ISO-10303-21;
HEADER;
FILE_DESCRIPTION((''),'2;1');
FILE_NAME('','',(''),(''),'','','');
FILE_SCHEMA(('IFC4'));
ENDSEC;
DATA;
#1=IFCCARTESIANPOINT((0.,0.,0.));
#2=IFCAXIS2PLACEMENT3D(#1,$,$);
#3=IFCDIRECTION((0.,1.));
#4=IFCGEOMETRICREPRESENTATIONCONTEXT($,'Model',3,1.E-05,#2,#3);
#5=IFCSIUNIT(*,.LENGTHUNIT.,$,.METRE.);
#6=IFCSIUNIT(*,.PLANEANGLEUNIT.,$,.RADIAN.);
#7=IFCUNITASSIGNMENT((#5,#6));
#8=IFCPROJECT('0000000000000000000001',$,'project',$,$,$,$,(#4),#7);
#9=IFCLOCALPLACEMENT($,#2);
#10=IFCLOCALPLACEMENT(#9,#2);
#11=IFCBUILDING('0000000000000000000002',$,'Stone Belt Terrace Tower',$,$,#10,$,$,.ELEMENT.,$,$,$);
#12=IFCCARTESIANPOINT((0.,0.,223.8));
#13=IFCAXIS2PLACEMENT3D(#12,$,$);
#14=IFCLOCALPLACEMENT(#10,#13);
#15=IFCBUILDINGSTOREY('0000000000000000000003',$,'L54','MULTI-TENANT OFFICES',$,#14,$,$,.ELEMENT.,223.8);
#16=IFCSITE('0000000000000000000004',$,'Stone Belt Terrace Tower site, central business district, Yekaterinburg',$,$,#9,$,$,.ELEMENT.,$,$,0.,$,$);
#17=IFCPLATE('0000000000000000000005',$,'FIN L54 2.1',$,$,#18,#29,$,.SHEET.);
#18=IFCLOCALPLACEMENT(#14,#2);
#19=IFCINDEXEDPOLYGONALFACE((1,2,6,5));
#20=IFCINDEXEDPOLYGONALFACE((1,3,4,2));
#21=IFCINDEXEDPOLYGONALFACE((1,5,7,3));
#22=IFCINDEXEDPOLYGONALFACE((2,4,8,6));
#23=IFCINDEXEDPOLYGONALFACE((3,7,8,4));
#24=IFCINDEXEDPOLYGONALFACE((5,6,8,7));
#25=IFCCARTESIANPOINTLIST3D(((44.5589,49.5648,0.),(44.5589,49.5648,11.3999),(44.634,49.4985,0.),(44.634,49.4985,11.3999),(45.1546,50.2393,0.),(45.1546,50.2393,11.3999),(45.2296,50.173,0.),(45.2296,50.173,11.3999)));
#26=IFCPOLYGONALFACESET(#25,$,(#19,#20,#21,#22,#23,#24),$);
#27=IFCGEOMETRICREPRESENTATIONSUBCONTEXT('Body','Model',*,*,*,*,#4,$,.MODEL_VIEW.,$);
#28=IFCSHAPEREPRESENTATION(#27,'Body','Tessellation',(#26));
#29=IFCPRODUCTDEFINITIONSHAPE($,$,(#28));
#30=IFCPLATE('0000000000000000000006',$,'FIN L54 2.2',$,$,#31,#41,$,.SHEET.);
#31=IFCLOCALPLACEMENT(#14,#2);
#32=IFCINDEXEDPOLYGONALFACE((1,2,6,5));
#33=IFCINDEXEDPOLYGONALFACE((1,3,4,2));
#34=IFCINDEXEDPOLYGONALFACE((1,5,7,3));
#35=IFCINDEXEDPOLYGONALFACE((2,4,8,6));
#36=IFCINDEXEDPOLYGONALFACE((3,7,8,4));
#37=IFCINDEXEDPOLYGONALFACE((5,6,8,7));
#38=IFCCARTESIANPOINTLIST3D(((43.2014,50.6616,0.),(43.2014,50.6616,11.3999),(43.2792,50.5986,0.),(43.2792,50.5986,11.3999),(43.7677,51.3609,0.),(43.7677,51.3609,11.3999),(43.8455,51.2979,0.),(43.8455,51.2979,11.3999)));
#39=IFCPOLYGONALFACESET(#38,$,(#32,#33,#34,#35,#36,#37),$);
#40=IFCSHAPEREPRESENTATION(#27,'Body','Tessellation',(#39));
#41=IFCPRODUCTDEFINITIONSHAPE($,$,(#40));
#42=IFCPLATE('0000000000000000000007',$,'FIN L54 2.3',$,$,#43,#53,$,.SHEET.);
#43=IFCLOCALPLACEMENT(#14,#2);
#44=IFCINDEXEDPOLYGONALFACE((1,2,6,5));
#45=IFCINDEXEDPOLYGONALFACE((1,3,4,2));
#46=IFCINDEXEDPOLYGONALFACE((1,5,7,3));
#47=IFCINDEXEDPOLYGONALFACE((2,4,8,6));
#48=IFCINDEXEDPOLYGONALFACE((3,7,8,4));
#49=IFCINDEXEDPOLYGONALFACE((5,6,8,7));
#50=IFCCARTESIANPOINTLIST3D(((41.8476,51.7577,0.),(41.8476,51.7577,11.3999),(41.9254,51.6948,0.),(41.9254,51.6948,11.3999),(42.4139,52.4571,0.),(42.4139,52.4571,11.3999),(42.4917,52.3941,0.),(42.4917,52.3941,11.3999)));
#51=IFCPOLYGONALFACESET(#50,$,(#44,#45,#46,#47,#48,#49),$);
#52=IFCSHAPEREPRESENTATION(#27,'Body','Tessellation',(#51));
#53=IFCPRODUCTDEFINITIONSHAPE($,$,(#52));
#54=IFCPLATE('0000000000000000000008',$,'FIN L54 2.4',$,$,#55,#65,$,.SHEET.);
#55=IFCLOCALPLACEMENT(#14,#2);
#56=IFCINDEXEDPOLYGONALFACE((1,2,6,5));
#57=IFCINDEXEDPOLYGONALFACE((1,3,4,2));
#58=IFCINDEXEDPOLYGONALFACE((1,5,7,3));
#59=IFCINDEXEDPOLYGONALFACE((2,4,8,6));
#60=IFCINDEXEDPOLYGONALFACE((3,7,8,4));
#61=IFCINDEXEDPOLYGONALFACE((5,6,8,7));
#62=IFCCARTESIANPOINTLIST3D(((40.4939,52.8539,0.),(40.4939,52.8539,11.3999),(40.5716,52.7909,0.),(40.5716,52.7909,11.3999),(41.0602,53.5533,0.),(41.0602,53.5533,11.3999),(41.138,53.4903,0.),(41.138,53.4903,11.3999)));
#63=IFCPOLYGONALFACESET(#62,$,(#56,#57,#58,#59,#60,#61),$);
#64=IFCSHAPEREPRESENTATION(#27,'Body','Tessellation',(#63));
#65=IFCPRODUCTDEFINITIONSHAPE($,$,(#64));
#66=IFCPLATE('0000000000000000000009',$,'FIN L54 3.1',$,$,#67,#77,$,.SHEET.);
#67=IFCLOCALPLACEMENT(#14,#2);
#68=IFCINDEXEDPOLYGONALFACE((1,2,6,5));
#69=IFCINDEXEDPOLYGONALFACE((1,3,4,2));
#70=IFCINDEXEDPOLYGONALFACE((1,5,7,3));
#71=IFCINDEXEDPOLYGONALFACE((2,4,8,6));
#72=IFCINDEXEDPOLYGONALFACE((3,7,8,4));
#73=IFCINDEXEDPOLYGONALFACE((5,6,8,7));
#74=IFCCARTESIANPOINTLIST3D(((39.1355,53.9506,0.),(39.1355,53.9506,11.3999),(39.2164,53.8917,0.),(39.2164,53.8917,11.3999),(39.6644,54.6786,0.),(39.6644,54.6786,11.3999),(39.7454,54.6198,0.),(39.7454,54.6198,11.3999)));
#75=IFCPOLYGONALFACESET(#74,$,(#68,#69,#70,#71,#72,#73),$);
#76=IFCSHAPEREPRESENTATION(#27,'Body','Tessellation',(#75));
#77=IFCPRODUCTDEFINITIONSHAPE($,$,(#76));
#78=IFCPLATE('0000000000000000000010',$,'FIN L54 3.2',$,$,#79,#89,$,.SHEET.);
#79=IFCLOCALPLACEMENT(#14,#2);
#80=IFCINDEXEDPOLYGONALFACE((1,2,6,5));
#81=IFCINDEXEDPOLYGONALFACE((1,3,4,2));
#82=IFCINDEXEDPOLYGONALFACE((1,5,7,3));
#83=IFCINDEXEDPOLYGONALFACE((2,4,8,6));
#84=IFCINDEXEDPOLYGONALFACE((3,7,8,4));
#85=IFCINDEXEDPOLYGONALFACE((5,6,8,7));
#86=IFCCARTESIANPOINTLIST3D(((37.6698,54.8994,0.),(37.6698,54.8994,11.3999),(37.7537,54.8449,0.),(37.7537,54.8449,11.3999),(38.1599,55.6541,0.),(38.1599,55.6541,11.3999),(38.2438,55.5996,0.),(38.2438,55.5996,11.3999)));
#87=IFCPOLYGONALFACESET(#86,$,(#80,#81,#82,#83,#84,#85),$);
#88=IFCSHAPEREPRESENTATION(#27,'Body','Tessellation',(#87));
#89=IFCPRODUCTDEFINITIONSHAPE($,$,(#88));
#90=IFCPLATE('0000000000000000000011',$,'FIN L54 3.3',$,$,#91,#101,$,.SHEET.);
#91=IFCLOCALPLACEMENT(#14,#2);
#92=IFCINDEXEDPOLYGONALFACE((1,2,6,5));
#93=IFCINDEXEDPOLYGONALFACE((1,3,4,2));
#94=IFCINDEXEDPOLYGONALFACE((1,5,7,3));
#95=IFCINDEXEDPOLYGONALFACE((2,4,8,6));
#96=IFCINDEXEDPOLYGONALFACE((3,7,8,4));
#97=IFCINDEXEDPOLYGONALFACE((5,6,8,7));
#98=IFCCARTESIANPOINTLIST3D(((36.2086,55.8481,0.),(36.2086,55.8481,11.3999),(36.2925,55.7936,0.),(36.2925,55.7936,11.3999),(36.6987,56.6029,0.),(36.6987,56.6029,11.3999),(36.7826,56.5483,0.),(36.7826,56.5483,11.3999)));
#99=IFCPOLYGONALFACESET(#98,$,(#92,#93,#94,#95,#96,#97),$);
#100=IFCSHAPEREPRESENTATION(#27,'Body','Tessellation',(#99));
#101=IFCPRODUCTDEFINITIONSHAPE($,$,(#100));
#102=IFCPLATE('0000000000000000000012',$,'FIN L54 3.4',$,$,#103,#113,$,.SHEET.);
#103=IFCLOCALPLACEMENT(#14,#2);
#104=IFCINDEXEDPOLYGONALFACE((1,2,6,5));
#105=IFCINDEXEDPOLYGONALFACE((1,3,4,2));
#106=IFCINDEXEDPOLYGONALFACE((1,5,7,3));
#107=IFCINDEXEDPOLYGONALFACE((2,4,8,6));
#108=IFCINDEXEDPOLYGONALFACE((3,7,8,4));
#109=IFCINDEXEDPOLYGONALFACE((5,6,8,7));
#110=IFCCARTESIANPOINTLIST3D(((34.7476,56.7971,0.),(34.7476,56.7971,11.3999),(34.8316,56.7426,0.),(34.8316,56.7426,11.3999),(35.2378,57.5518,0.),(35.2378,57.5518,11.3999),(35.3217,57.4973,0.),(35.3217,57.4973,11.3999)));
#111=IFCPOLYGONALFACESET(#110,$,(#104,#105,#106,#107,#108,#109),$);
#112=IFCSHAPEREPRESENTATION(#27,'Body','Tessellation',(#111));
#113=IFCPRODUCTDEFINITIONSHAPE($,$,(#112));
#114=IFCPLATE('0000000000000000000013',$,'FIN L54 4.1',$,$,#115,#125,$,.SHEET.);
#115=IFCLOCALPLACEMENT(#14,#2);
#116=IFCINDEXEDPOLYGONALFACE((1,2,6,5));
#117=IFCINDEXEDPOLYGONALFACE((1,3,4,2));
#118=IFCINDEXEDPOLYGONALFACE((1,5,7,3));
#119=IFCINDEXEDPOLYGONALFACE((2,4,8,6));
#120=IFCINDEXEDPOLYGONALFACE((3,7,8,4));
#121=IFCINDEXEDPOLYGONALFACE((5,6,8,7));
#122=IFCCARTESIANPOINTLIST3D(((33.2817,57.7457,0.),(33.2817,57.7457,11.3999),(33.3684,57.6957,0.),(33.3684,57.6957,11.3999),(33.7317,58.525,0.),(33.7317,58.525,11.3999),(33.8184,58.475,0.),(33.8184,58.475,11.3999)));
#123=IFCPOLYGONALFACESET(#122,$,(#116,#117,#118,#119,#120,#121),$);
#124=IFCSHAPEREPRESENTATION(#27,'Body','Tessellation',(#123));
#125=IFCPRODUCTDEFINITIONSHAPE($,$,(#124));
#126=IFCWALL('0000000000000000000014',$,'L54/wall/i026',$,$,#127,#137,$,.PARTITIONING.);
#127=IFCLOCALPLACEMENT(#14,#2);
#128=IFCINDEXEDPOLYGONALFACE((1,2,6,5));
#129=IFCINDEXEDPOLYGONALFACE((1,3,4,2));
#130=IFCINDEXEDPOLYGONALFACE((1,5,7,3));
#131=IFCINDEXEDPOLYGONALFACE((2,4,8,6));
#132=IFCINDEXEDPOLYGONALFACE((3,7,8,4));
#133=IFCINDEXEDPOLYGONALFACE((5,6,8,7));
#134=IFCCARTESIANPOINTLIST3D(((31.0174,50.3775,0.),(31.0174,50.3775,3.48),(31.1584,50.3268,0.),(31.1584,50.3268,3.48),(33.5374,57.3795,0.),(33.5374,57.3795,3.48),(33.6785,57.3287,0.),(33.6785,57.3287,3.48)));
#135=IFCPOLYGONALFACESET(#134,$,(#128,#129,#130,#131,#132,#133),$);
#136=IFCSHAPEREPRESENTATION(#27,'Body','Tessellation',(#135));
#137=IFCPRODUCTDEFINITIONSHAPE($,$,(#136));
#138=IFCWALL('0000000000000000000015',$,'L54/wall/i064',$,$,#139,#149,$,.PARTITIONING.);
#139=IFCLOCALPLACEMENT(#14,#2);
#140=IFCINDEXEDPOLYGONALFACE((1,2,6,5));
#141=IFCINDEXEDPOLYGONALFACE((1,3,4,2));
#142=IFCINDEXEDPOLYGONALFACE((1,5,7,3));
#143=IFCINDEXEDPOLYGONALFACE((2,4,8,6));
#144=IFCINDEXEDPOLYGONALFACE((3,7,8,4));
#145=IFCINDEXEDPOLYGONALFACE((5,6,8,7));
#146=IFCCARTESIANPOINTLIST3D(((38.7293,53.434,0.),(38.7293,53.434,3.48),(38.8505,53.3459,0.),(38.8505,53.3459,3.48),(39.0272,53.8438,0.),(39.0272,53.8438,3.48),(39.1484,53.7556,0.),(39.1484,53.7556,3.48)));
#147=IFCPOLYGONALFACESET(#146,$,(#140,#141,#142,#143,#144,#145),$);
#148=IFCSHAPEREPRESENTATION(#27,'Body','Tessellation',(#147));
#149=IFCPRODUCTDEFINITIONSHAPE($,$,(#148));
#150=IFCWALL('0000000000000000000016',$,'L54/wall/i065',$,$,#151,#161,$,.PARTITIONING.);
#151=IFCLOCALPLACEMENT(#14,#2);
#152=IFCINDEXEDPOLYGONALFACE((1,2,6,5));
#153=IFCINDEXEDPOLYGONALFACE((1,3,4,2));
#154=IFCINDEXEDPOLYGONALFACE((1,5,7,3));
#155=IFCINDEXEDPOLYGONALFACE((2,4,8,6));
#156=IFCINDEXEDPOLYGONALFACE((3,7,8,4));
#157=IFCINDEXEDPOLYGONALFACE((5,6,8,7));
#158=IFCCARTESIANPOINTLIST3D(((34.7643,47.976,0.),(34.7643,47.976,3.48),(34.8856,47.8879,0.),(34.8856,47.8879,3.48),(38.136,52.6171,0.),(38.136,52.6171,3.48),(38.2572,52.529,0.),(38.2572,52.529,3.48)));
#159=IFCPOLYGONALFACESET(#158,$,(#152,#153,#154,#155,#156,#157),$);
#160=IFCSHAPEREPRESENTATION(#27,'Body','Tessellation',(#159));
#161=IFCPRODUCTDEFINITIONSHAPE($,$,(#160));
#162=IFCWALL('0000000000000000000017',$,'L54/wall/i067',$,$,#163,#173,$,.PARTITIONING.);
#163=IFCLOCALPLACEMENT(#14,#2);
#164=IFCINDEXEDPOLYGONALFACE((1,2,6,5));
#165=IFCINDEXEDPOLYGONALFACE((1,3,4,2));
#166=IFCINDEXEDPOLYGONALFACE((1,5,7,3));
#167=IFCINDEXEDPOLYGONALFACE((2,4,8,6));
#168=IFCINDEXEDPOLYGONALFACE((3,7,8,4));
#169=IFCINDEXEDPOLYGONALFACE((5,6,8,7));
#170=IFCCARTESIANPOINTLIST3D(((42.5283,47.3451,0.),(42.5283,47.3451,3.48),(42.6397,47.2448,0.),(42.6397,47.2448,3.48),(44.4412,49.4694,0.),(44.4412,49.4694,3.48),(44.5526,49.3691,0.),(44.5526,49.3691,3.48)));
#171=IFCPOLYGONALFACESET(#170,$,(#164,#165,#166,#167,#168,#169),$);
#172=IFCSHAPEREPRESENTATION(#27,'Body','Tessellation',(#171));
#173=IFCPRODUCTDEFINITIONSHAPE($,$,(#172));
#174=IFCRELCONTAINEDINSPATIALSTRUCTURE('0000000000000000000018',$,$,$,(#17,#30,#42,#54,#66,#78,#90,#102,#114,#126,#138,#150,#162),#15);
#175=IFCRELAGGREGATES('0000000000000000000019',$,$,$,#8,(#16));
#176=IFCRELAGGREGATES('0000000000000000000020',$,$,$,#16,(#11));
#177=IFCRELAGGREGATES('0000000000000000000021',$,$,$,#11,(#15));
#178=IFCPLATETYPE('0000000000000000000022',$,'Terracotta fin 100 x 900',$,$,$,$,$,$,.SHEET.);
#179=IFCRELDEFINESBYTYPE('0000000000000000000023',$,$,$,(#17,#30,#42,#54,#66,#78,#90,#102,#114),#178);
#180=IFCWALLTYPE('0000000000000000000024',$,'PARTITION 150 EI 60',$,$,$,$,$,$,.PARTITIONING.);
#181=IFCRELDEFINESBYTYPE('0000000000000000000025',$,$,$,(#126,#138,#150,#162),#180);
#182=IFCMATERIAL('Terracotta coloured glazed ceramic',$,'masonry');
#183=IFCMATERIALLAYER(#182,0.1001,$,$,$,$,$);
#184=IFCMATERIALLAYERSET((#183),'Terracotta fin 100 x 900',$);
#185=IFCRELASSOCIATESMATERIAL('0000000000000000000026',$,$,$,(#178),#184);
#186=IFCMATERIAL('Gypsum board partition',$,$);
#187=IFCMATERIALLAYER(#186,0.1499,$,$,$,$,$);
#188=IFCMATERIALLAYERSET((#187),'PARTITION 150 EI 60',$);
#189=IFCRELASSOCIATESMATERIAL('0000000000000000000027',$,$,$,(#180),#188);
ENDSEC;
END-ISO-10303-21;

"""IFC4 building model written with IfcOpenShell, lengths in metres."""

from ifc_helpers import new_model, si_unit, direction, frame, frame_2d, origin, origin_2d, place, context, subcontext, project, spatial, rectangle, extrude, material, layer, layer_set, type_object, element, save


model = new_model("IFC4")

# Units and contexts
model_context = context("Model", 3, precision=1e-05, world=origin(), true_north=direction((0.0, 1.0)))
body_context = subcontext(model_context, "Body", "Model", "MODEL_VIEW")
ifc_project = project(units=[si_unit("LENGTHUNIT", "METRE"), si_unit("PLANEANGLEUNIT", "RADIAN")], contexts=[model_context])

# Site, building, storey
site_placement = place(None, origin())
site = spatial("IfcSite", under=ifc_project, at=site_placement, Name="Stone Belt Terrace Tower site, central business district, Yekaterinburg", CompositionType="ELEMENT", RefElevation=0.0)
building_placement = place(site_placement, origin())
building = spatial("IfcBuilding", under=site, at=building_placement, Name="Stone Belt Terrace Tower", CompositionType="ELEMENT")
storey_placement = place(building_placement, frame((0.0, 0.0, 223.8)))
storey = spatial("IfcBuildingStorey", under=building, at=storey_placement, Name="L54", Description="MULTI-TENANT OFFICES", CompositionType="ELEMENT", Elevation=223.8)

# Plates
ifc_material_1 = material(Name="Terracotta coloured glazed ceramic", Category="masonry")
ifc_layer_1 = layer(ifc_material_1, 0.1001)
ifc_layer_set_1 = layer_set([ifc_layer_1], Name="Terracotta fin 100 x 900")
plate_type_1 = type_object("IfcPlateType", Name="Terracotta fin 100 x 900", PredefinedType="SHEET", material=ifc_layer_set_1)
for number, where, z_axis, x_axis, name in (
    (1, (44.8943, 49.8689, 0.0), (0.0, 0.0, 1.0), (0.661937, 0.749559, 0.0), "FIN L54 2.1"),
    (2, (43.5234, 50.9797, 0.0), (0.0, 0.0, 1.0), (0.62932, 0.777146, 0.0), "FIN L54 2.2"),
    (3, (42.1697, 52.0759, 0.0), (0.0, 0.0, 1.0), (0.62932, 0.777146, 0.0), "FIN L54 2.3"),
    (4, (40.8159, 53.1721, 0.0), (0.0, 0.0, 1.0), (0.62932, 0.777146, 0.0), "FIN L54 2.4"),
    (5, (39.4404, 54.2852, 0.0), (0.0, 0.0, 1.0), (0.587785, 0.809017, 0.0), "FIN L54 3.1"),
    (6, (37.9568, 55.2495, 0.0), (0.0, 0.0, 1.0), (0.544639, 0.838671, 0.0), "FIN L54 3.2"),
    (7, (36.4956, 56.1982, 0.0), (0.0, 0.0, 1.0), (0.544639, 0.838671, 0.0), "FIN L54 3.3"),
    (8, (35.0347, 57.1472, 0.0), (0.0, 0.0, 1.0), (0.544639, 0.838671, 0.0), "FIN L54 3.4"),
    (9, (33.55, 58.1104, 0.0), (0.0, 0.0, 1.0), (0.5, 0.866025, 0.0), "FIN L54 4.1"),
):
    element("IfcPlate", number, at=place(storey_placement, frame(where, z_axis=z_axis, x_axis=x_axis)), inside=storey, type_object=plate_type_1, Name=name, PredefinedType="SHEET", context=body_context, shape_type="SweptSolid", body=[
        extrude(rectangle(XDim=0.8999, YDim=0.1001, at=origin_2d()), origin(), (0.0, 0.0, 1.0), 11.3999),
    ])

# Walls
ifc_material_2 = material(Name="Gypsum board partition")
ifc_layer_2 = layer(ifc_material_2, 0.1499)
ifc_layer_set_2 = layer_set([ifc_layer_2], Name="PARTITION 150 EI 60")
wall_type = type_object("IfcWallType", Name="PARTITION 150 EI 60", PredefinedType="PARTITIONING", material=ifc_layer_set_2)
wall_1_placement = place(storey_placement, frame((33.6079, 57.354, 0.0), z_axis=(0.0, 0.0, 1.0), x_axis=(-0.338638, -0.940917, 0.0)))
element("IfcWall", 10, at=wall_1_placement, inside=storey, type_object=wall_type, Name="L54/wall/i026", PredefinedType="PARTITIONING", context=body_context, shape_type="SweptSolid", body=[
    extrude(rectangle(XDim=7.4417, YDim=0.1499, at=frame_2d((3.7207, 0.0))), origin(), (0.0, 0.0, 1.0), 3.48),
])
wall_2_placement = place(storey_placement, frame((39.0879, 53.7998, 0.0), z_axis=(0.0, 0.0, 1.0), x_axis=(-0.588057, -0.808819, 0.0)))
element("IfcWall", 11, at=wall_2_placement, inside=storey, type_object=wall_type, Name="L54/wall/i064", PredefinedType="PARTITIONING", context=body_context, shape_type="SweptSolid", body=[
    extrude(rectangle(XDim=0.5066, YDim=0.1499, at=frame_2d((0.2534, 0.0))), origin(), (0.0, 0.0, 1.0), 3.48),
])
wall_3_placement = place(storey_placement, frame((38.1965, 52.573, 0.0), z_axis=(0.0, 0.0, 1.0), x_axis=(-0.587741, -0.809049, 0.0)))
element("IfcWall", 12, at=wall_3_placement, inside=storey, type_object=wall_type, Name="L54/wall/i065", PredefinedType="PARTITIONING", context=body_context, shape_type="SweptSolid", body=[
    extrude(rectangle(XDim=5.7366, YDim=0.1499, at=frame_2d((2.8682, 0.0))), origin(), (0.0, 0.0, 1.0), 3.48),
])
wall_4_placement = place(storey_placement, frame((44.4968, 49.4192, 0.0), z_axis=(0.0, 0.0, 1.0), x_axis=(-0.669158, -0.74312, 0.0)))
element("IfcWall", 13, at=wall_4_placement, inside=storey, type_object=wall_type, Name="L54/wall/i067", PredefinedType="PARTITIONING", context=body_context, shape_type="SweptSolid", body=[
    extrude(rectangle(XDim=2.8586, YDim=0.1499, at=frame_2d((1.4292, 0.0))), origin(), (0.0, 0.0, 1.0), 3.48),
])

save(model, "model.ifc")
